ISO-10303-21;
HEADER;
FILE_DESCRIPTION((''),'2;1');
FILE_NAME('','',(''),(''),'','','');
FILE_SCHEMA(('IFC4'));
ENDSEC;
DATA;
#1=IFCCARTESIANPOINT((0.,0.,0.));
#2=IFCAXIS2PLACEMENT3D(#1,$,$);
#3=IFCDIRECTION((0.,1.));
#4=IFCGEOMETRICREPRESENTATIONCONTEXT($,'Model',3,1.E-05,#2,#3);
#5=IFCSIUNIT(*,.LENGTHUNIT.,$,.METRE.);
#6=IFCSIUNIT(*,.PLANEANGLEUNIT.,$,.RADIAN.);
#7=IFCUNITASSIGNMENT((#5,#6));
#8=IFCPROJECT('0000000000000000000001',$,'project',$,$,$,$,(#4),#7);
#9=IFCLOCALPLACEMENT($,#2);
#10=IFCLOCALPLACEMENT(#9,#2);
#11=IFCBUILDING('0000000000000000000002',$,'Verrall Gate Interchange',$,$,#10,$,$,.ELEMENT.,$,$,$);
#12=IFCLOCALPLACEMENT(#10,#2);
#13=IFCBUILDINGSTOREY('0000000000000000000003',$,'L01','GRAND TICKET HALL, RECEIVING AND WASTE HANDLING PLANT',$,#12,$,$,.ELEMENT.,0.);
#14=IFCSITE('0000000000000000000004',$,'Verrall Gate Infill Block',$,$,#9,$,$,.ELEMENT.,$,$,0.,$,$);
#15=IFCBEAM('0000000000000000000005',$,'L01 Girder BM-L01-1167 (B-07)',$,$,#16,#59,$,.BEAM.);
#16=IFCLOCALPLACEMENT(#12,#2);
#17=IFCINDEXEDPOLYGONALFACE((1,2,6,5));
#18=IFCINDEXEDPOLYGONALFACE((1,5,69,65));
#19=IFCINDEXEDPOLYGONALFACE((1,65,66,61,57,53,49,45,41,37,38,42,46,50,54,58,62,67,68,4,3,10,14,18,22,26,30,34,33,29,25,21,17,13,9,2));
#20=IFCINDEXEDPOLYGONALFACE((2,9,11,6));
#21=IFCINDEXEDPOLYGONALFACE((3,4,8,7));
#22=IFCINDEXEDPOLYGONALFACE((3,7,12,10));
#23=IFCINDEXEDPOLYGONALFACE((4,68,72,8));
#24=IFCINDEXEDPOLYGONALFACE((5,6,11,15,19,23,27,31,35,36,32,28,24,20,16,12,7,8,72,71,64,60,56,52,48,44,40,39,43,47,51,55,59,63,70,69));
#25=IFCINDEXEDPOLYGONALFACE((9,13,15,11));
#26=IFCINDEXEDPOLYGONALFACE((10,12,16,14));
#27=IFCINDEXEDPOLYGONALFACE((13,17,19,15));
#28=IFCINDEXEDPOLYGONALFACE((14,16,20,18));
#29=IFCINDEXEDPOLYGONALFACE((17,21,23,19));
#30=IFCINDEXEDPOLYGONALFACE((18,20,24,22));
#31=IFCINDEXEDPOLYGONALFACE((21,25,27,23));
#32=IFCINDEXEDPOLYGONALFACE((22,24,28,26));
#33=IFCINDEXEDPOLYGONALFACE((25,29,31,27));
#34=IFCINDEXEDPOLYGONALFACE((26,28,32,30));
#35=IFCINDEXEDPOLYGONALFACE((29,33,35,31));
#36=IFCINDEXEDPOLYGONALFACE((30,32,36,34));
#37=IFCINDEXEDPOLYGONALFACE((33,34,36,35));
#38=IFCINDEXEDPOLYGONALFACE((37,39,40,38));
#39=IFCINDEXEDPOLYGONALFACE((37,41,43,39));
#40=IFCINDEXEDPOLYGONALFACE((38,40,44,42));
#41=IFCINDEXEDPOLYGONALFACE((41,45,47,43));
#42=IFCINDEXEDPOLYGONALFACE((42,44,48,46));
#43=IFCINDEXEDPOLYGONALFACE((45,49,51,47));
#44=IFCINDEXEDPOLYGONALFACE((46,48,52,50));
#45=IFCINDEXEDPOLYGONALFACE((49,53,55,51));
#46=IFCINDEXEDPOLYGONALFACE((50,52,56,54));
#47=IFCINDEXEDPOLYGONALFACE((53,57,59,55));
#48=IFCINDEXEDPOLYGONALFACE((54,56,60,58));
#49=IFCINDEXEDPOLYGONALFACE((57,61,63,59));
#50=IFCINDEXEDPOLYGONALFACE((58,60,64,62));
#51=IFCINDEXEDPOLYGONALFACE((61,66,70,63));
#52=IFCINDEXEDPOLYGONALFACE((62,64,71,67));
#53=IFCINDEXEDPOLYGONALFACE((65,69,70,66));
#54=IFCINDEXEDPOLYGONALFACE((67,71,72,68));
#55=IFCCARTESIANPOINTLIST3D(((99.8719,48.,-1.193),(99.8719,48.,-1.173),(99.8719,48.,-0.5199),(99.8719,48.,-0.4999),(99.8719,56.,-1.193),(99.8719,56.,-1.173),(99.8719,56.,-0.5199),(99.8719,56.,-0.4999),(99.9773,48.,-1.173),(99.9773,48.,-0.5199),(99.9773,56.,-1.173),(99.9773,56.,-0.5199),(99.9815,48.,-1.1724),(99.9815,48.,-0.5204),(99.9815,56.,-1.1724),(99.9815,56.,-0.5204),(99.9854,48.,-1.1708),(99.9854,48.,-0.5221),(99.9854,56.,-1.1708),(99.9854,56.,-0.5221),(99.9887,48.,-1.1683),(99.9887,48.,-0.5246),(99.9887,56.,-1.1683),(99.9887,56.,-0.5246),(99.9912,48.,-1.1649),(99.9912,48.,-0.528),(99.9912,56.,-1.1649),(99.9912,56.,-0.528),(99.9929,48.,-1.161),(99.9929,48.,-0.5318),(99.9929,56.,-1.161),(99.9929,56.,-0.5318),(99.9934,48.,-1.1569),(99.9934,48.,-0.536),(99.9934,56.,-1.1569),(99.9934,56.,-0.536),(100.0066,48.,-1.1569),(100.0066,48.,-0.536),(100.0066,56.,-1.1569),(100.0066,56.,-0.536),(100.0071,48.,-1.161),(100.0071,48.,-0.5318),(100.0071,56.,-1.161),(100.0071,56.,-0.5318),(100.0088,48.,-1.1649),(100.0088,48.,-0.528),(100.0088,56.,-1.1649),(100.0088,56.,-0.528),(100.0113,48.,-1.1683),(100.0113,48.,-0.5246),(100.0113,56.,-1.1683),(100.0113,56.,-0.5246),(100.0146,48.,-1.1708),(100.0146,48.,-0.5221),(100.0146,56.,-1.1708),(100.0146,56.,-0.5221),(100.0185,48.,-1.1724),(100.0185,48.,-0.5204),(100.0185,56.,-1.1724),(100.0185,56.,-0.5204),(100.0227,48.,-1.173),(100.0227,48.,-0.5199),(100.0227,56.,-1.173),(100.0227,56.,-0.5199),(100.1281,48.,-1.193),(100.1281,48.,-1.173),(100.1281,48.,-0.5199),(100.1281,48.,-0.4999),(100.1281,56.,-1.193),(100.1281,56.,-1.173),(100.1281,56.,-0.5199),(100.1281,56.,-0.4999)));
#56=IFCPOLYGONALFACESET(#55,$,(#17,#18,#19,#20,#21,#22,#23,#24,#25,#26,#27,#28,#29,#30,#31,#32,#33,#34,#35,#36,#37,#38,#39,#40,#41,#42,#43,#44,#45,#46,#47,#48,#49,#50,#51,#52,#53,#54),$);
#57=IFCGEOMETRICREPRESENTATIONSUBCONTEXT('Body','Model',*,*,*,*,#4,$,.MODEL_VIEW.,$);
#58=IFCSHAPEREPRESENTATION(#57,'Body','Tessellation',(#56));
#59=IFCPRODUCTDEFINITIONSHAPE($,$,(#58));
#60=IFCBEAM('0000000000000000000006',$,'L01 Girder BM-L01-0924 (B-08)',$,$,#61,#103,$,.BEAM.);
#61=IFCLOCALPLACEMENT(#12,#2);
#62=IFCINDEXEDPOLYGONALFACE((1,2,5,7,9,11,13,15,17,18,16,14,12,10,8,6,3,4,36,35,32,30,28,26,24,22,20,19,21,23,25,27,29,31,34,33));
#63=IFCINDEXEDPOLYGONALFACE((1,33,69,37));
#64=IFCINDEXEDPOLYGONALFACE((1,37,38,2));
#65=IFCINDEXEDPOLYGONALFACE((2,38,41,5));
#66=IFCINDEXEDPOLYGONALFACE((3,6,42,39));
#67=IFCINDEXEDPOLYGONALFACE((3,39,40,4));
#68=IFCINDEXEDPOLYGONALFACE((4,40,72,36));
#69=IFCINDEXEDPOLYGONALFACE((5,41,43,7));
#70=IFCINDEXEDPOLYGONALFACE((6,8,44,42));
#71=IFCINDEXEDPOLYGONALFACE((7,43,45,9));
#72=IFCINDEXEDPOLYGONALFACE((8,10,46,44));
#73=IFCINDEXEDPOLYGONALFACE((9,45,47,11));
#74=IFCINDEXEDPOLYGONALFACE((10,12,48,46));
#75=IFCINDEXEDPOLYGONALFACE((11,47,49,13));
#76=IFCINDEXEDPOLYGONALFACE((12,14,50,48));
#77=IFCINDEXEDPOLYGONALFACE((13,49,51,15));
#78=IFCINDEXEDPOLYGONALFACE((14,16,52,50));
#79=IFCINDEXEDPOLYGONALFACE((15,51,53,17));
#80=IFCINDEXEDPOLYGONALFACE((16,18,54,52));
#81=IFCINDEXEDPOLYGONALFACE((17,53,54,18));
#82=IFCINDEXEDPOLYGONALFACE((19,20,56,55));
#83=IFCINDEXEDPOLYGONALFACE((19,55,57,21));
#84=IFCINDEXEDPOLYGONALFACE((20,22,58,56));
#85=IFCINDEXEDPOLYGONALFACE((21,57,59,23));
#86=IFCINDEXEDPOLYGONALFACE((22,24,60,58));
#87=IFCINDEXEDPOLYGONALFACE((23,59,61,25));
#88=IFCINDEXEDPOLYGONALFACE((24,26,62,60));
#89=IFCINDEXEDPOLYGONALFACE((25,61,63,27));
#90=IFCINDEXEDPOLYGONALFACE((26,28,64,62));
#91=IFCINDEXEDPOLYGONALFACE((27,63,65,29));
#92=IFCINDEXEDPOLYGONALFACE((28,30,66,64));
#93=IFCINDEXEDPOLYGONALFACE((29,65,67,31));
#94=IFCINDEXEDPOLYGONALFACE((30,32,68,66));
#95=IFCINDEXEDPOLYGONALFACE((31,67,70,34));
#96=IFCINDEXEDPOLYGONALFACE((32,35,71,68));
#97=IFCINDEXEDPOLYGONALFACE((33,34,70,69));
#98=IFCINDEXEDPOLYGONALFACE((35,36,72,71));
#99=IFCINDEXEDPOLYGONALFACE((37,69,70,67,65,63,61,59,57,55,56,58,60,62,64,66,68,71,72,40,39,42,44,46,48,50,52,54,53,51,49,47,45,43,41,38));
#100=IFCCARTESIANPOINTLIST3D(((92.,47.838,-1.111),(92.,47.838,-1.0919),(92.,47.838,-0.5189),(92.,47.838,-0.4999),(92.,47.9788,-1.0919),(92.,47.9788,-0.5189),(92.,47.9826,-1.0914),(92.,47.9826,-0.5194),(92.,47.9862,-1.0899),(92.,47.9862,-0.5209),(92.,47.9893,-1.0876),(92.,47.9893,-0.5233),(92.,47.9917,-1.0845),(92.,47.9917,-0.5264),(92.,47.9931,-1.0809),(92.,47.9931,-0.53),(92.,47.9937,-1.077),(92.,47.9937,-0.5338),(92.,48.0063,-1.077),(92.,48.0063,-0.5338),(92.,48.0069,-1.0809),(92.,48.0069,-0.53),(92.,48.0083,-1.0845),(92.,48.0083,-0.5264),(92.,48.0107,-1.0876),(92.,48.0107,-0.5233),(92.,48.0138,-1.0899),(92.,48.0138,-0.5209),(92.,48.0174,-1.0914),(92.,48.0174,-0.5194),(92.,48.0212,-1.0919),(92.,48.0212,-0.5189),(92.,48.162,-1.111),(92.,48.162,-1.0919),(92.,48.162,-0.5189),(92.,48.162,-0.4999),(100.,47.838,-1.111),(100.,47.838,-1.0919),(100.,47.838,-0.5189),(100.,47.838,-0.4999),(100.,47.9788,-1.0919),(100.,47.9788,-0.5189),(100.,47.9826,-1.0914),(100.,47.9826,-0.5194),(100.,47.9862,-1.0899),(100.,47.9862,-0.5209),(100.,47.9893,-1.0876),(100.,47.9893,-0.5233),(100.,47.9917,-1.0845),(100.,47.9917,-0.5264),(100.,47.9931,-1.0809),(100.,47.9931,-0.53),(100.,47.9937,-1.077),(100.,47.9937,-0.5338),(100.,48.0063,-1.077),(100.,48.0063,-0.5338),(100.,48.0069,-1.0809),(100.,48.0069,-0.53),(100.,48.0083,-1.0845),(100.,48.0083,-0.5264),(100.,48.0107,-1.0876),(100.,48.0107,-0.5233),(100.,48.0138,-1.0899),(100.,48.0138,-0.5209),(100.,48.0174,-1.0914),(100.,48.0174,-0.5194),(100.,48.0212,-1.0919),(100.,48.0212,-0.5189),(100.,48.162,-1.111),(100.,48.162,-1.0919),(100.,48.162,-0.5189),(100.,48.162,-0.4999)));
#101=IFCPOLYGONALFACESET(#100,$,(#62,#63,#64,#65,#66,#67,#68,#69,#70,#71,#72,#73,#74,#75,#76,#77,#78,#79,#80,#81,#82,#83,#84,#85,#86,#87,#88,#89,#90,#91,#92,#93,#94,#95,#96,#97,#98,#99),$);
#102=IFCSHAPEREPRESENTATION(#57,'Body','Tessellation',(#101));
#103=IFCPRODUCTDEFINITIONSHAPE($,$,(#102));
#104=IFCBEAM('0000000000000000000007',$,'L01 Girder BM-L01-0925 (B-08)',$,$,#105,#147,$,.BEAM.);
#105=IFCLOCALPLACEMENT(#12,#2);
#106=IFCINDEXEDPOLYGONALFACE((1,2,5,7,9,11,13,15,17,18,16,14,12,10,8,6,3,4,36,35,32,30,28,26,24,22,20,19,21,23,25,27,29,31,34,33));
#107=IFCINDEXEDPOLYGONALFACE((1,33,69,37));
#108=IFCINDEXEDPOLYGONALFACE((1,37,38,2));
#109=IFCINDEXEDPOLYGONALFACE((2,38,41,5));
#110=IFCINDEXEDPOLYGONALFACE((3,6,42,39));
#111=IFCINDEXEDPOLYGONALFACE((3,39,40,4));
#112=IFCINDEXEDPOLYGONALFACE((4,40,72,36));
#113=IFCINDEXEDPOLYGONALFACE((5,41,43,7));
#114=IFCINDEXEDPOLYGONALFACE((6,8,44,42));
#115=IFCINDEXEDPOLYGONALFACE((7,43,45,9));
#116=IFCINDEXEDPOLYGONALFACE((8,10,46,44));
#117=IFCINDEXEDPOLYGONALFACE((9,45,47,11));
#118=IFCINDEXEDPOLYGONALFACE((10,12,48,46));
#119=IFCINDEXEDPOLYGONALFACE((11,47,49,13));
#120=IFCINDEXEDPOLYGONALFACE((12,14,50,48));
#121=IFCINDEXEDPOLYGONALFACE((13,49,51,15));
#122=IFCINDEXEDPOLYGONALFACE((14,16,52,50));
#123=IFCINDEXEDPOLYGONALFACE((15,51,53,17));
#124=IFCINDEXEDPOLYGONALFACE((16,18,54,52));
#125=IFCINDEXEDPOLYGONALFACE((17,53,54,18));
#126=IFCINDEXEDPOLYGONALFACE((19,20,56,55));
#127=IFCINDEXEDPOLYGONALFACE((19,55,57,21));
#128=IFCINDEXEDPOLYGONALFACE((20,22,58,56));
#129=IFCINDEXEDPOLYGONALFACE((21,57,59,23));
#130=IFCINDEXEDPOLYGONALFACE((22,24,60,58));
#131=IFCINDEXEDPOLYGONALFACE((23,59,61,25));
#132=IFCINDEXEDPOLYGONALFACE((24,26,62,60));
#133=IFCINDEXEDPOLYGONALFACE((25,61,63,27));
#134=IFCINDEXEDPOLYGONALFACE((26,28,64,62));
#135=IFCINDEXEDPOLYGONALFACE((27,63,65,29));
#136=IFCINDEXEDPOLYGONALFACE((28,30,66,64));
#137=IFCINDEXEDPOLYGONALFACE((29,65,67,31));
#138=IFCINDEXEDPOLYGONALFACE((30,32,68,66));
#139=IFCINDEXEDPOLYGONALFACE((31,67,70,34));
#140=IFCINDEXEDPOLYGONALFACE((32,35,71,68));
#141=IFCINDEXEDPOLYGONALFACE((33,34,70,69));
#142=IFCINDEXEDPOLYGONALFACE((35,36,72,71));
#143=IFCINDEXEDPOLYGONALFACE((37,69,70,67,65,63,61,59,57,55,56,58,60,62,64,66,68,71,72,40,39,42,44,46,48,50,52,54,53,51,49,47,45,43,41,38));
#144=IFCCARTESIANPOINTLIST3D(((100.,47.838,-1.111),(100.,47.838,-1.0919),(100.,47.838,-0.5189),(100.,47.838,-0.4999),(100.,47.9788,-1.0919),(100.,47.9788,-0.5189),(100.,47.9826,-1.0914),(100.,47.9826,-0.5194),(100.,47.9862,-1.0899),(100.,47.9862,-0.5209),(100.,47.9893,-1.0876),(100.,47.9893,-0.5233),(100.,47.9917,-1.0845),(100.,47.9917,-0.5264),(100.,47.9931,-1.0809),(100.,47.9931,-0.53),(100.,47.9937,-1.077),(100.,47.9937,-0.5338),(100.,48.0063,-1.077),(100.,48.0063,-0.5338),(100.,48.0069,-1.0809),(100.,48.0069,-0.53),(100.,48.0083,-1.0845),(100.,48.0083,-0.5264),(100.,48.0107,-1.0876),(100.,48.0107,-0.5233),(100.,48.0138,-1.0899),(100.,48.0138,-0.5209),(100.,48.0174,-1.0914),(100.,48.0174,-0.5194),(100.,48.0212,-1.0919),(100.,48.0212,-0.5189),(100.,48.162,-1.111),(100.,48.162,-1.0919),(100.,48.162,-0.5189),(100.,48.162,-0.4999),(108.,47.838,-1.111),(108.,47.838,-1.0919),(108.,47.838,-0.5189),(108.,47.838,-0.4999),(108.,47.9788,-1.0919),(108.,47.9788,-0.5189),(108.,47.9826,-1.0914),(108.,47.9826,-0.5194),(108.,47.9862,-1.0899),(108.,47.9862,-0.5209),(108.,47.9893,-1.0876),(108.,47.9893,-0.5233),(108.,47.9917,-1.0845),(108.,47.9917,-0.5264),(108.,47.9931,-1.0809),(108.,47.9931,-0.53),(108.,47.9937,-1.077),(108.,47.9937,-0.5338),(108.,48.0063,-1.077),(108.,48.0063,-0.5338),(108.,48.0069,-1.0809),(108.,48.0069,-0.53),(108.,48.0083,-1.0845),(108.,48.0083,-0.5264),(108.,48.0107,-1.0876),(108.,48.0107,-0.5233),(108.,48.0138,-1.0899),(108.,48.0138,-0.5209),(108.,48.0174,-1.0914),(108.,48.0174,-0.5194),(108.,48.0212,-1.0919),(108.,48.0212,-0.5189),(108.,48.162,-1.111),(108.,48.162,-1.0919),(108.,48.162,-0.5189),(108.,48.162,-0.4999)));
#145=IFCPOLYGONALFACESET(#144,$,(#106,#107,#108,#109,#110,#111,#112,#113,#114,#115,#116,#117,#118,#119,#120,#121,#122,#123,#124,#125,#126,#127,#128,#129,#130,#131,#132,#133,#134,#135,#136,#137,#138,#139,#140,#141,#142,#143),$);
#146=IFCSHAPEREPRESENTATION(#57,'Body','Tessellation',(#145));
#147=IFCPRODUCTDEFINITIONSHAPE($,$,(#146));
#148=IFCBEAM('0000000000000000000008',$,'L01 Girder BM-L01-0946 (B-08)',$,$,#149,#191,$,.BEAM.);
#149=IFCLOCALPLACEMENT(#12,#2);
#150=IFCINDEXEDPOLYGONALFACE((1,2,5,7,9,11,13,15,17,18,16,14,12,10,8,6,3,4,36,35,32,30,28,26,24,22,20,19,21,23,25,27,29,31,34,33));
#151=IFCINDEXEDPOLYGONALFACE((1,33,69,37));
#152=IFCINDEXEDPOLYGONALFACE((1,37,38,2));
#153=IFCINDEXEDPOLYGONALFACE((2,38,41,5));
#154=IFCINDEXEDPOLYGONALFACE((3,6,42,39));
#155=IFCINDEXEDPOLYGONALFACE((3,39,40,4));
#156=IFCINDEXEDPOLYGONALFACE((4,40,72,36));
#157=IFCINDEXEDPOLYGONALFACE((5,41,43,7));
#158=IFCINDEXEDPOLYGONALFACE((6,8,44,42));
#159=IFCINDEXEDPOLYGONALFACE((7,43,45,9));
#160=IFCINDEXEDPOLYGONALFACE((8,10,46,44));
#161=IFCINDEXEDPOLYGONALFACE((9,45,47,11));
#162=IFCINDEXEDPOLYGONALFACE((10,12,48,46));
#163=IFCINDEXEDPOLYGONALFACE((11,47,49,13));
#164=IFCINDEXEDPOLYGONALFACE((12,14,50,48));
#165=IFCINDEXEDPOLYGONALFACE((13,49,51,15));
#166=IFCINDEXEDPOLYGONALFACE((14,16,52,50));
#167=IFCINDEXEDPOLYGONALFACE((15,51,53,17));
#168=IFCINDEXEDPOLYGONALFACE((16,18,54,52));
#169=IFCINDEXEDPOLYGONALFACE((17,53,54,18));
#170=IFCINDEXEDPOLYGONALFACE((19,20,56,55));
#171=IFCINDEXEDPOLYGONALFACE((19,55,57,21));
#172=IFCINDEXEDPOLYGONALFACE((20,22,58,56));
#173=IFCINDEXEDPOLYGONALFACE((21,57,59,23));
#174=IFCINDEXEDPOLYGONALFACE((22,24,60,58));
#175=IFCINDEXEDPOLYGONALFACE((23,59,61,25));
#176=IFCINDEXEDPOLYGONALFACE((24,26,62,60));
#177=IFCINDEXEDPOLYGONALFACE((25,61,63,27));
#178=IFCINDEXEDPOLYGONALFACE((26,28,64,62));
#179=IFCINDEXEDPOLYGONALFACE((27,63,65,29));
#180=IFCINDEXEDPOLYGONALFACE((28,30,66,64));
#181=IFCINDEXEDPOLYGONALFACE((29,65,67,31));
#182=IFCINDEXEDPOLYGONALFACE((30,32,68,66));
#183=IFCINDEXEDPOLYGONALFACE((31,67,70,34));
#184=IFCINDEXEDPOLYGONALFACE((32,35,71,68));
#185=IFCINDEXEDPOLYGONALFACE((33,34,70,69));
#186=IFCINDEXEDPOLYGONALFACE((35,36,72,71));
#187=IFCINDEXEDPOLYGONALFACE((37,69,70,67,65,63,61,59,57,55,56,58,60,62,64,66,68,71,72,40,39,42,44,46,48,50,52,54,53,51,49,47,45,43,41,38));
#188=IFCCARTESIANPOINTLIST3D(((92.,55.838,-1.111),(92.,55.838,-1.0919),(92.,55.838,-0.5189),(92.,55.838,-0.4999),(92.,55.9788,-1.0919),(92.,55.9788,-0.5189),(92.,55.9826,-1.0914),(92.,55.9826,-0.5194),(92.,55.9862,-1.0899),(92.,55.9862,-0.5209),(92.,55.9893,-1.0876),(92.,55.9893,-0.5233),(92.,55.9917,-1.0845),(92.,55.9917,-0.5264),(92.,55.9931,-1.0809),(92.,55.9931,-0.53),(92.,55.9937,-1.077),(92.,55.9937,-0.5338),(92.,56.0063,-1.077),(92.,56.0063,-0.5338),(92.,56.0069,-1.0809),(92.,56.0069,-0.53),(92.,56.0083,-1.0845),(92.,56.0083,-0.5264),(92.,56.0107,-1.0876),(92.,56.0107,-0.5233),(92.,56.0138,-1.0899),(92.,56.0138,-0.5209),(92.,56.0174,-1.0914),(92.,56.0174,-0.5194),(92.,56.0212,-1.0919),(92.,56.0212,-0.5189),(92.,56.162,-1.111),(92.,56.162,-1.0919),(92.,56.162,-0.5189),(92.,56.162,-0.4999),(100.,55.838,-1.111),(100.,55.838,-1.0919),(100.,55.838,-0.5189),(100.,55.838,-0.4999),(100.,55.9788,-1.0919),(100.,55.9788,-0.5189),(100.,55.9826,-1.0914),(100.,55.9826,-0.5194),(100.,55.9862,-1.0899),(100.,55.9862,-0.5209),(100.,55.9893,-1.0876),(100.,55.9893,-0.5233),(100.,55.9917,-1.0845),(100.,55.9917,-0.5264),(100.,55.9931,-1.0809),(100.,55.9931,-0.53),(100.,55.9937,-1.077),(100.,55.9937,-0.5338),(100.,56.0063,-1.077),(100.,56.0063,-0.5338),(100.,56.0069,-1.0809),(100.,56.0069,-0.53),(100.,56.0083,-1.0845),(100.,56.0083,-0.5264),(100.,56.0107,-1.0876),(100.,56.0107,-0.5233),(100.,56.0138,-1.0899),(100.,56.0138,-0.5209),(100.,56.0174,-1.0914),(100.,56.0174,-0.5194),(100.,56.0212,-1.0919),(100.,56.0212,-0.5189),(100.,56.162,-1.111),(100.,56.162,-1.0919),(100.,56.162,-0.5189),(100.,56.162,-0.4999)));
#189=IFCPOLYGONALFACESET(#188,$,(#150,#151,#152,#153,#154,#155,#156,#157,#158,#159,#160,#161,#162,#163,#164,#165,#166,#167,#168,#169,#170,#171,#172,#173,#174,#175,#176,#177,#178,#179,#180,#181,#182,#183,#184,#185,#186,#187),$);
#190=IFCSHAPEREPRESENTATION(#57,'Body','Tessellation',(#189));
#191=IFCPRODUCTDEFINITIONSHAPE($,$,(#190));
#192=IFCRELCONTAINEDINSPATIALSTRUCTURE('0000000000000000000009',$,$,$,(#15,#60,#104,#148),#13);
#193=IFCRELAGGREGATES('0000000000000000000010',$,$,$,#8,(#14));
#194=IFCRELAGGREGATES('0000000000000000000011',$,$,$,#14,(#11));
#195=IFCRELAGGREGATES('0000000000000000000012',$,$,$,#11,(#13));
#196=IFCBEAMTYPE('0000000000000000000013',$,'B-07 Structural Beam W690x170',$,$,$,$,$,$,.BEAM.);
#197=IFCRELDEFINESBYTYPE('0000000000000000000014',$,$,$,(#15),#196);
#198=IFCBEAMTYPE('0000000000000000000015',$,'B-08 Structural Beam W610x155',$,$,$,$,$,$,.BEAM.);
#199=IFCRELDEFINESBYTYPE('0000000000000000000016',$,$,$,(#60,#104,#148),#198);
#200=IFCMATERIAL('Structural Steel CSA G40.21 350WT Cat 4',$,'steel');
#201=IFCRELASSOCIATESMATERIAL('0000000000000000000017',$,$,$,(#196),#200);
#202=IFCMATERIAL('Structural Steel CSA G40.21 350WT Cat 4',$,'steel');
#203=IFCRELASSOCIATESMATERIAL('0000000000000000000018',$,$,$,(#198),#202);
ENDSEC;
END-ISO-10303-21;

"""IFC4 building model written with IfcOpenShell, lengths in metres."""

from ifc_helpers import new_model, si_unit, direction, frame, origin, origin_2d, place, context, subcontext, project, spatial, i_section, extrude, material, material_profile, profile_set, type_object, element, save


model = new_model("IFC4")

# Units and contexts
model_context = context("Model", 3, precision=1e-05, world=origin(), true_north=direction((0.0, 1.0)))
body_context = subcontext(model_context, "Body", "Model", "MODEL_VIEW")
ifc_project = project(units=[si_unit("LENGTHUNIT", "METRE"), si_unit("PLANEANGLEUNIT", "RADIAN")], contexts=[model_context])

# Site, building, storey
site_placement = place(None, origin())
site = spatial("IfcSite", under=ifc_project, at=site_placement, Name="Verrall Gate Infill Block", CompositionType="ELEMENT", RefElevation=0.0)
building_placement = place(site_placement, origin())
building = spatial("IfcBuilding", under=site, at=building_placement, Name="Verrall Gate Interchange", CompositionType="ELEMENT")
storey_placement = place(building_placement, origin())
storey = spatial("IfcBuildingStorey", under=building, at=storey_placement, Name="L01", Description="GRAND TICKET HALL, RECEIVING AND WASTE HANDLING PLANT", CompositionType="ELEMENT", Elevation=0.0)

# Beams
ifc_material_1 = material(Name="Structural Steel CSA G40.21 350WT Cat 4", Category="steel")
ifc_material_profile_1 = material_profile(ifc_material_1, i_section(OverallWidth=0.2561, OverallDepth=0.6931, WebThickness=0.0132, FlangeThickness=0.02, FilletRadius=0.0161, at=origin_2d()), Name="W690x170")
ifc_profile_set_1 = profile_set([ifc_material_profile_1], Name="Structural Steel CSA G40.21 350WT Cat 4")
beam_type_1 = type_object("IfcBeamType", Name="B-07 Structural Beam W690x170", PredefinedType="BEAM", material=ifc_profile_set_1)
for number, where, z_axis, x_axis, name in (
    (1, (100.0, 48.0, -0.8464), (0.0, 1.0, 0.0), (-1.0, 0.0, 0.0), "L01 Girder BM-L01-1167 (B-07)"),
):
    element("IfcBeam", number, at=place(storey_placement, frame(where, z_axis=z_axis, x_axis=x_axis)), inside=storey, type_object=beam_type_1, Name=name, PredefinedType="BEAM", context=body_context, shape_type="SweptSolid", body=[
        extrude(i_section(OverallWidth=0.2561, OverallDepth=0.6931, WebThickness=0.0132, FlangeThickness=0.02, FilletRadius=0.0161, at=origin_2d()), origin(), (0.0, 0.0, 1.0), 8.0),
    ])
ifc_material_2 = material(Name="Structural Steel CSA G40.21 350WT Cat 4", Category="steel")
ifc_material_profile_2 = material_profile(ifc_material_2, i_section(OverallWidth=0.324, OverallDepth=0.6111, WebThickness=0.0127, FlangeThickness=0.019, FilletRadius=0.0149, at=origin_2d()), Name="W610x155")
ifc_profile_set_2 = profile_set([ifc_material_profile_2], Name="Structural Steel CSA G40.21 350WT Cat 4")
beam_type_2 = type_object("IfcBeamType", Name="B-08 Structural Beam W610x155", PredefinedType="BEAM", material=ifc_profile_set_2)
for number, where, z_axis, x_axis, name in (
    (2, (92.0, 48.0, -0.8054), (1.0, 0.0, 0.0), (0.0, 1.0, 0.0), "L01 Girder BM-L01-0924 (B-08)"),
    (3, (100.0, 48.0, -0.8054), (1.0, 0.0, 0.0), (0.0, 1.0, 0.0), "L01 Girder BM-L01-0925 (B-08)"),
    (4, (92.0, 56.0, -0.8054), (1.0, 0.0, 0.0), (0.0, 1.0, 0.0), "L01 Girder BM-L01-0946 (B-08)"),
):
    element("IfcBeam", number, at=place(storey_placement, frame(where, z_axis=z_axis, x_axis=x_axis)), inside=storey, type_object=beam_type_2, Name=name, PredefinedType="BEAM", context=body_context, shape_type="SweptSolid", body=[
        extrude(i_section(OverallWidth=0.324, OverallDepth=0.6111, WebThickness=0.0127, FlangeThickness=0.019, FilletRadius=0.0149, at=origin_2d()), origin(), (0.0, 0.0, 1.0), 8.0),
    ])

save(model, "model.ifc")
